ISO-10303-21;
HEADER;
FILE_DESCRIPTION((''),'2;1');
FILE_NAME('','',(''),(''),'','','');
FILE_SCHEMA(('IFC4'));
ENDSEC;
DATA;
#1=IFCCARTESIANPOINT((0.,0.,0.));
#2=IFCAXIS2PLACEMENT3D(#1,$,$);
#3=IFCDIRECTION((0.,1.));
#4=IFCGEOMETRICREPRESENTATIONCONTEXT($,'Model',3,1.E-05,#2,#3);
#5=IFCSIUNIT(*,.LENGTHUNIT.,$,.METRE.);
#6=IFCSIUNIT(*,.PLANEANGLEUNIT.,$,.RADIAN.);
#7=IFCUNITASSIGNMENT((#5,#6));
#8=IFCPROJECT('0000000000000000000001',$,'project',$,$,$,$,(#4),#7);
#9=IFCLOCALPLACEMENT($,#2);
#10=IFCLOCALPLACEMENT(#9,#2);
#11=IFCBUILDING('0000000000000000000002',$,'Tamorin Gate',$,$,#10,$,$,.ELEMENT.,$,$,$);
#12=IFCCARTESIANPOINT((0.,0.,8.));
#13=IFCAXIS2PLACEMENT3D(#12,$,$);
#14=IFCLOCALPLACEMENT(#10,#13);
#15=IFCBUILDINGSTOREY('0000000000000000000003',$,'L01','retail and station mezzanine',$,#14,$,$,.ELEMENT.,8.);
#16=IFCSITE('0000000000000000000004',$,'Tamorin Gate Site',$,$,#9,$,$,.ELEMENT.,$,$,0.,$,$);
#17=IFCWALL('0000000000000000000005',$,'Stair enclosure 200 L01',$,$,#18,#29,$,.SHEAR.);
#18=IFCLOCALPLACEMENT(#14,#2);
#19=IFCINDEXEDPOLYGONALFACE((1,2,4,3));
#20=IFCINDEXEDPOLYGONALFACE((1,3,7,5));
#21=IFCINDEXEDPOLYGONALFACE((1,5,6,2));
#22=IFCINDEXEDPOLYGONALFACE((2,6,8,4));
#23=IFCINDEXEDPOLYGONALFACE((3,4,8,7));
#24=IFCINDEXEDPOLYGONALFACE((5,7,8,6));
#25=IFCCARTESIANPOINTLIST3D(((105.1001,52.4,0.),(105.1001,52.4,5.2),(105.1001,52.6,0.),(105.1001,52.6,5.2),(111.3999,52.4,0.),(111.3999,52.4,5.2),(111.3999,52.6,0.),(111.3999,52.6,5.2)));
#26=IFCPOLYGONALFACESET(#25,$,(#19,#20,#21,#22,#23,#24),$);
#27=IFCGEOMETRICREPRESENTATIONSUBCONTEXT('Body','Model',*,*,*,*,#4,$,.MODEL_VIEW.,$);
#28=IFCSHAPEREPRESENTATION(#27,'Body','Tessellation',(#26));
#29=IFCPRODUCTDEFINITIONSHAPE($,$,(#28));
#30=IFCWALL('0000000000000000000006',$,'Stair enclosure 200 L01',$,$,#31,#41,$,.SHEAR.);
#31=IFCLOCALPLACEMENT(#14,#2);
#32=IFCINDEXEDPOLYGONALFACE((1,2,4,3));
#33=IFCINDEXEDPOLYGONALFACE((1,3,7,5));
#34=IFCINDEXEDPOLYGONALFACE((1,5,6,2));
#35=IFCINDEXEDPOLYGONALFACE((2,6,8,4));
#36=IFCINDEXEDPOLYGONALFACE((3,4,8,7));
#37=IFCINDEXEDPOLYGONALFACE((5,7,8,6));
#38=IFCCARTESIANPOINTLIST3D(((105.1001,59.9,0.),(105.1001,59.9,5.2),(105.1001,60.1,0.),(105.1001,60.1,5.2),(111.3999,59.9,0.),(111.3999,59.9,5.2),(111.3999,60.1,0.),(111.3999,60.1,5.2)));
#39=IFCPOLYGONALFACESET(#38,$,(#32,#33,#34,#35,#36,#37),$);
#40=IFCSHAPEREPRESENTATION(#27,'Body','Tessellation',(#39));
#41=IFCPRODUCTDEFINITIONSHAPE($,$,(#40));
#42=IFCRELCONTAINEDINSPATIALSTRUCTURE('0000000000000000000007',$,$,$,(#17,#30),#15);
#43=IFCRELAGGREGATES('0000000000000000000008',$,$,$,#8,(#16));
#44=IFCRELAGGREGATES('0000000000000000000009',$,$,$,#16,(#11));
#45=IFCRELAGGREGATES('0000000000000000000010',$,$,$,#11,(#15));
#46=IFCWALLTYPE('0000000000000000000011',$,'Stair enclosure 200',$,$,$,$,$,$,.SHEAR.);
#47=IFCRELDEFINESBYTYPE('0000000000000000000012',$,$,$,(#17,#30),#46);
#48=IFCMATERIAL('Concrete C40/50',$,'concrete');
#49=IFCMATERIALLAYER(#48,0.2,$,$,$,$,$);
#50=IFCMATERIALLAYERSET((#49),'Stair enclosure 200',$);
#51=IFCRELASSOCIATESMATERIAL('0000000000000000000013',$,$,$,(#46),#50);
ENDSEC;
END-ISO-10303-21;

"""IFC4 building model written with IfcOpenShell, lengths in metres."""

from ifc_helpers import new_model, si_unit, direction, frame, frame_2d, origin, place, context, subcontext, project, spatial, rectangle, extrude, material, layer, layer_set, type_object, element, save


model = new_model("IFC4")

# Units and contexts
model_context = context("Model", 3, precision=1e-05, world=origin(), true_north=direction((0.0, 1.0)))
body_context = subcontext(model_context, "Body", "Model", "MODEL_VIEW")
ifc_project = project(units=[si_unit("LENGTHUNIT", "METRE"), si_unit("PLANEANGLEUNIT", "RADIAN")], contexts=[model_context])

# Site, building, storey
site_placement = place(None, origin())
site = spatial("IfcSite", under=ifc_project, at=site_placement, Name="Tamorin Gate Site", CompositionType="ELEMENT", RefElevation=0.0)
building_placement = place(site_placement, origin())
building = spatial("IfcBuilding", under=site, at=building_placement, Name="Tamorin Gate", CompositionType="ELEMENT")
storey_placement = place(building_placement, frame((0.0, 0.0, 8.0)))
storey = spatial("IfcBuildingStorey", under=building, at=storey_placement, Name="L01", Description="retail and station mezzanine", CompositionType="ELEMENT", Elevation=8.0)

# Shared definitions
ifc_material_1 = material(Name="Concrete C40/50", Category="concrete")

# Walls
ifc_layer_1 = layer(ifc_material_1, 0.2)
ifc_layer_set_1 = layer_set([ifc_layer_1], Name="Stair enclosure 200")
wall_type_1 = type_object("IfcWallType", Name="Stair enclosure 200", PredefinedType="SHEAR", material=ifc_layer_set_1)
for number, where, z_axis, x_axis, name in (
    (1, (105.1001, 52.5, 0.0), (0.0, 0.0, 1.0), (1.0, 0.0, 0.0), "Stair enclosure 200 L01"),
    (2, (105.1001, 60.0, 0.0), (0.0, 0.0, 1.0), (1.0, 0.0, 0.0), "Stair enclosure 200 L01"),
):
    element("IfcWall", number, at=place(storey_placement, frame(where, z_axis=z_axis, x_axis=x_axis)), inside=storey, type_object=wall_type_1, Name=name, PredefinedType="SHEAR", context=body_context, shape_type="SweptSolid", body=[
        extrude(rectangle(XDim=6.2998, YDim=0.2, at=frame_2d((3.1499, 0.0))), origin(), (0.0, 0.0, 1.0), 5.2),
    ])

save(model, "model.ifc")
